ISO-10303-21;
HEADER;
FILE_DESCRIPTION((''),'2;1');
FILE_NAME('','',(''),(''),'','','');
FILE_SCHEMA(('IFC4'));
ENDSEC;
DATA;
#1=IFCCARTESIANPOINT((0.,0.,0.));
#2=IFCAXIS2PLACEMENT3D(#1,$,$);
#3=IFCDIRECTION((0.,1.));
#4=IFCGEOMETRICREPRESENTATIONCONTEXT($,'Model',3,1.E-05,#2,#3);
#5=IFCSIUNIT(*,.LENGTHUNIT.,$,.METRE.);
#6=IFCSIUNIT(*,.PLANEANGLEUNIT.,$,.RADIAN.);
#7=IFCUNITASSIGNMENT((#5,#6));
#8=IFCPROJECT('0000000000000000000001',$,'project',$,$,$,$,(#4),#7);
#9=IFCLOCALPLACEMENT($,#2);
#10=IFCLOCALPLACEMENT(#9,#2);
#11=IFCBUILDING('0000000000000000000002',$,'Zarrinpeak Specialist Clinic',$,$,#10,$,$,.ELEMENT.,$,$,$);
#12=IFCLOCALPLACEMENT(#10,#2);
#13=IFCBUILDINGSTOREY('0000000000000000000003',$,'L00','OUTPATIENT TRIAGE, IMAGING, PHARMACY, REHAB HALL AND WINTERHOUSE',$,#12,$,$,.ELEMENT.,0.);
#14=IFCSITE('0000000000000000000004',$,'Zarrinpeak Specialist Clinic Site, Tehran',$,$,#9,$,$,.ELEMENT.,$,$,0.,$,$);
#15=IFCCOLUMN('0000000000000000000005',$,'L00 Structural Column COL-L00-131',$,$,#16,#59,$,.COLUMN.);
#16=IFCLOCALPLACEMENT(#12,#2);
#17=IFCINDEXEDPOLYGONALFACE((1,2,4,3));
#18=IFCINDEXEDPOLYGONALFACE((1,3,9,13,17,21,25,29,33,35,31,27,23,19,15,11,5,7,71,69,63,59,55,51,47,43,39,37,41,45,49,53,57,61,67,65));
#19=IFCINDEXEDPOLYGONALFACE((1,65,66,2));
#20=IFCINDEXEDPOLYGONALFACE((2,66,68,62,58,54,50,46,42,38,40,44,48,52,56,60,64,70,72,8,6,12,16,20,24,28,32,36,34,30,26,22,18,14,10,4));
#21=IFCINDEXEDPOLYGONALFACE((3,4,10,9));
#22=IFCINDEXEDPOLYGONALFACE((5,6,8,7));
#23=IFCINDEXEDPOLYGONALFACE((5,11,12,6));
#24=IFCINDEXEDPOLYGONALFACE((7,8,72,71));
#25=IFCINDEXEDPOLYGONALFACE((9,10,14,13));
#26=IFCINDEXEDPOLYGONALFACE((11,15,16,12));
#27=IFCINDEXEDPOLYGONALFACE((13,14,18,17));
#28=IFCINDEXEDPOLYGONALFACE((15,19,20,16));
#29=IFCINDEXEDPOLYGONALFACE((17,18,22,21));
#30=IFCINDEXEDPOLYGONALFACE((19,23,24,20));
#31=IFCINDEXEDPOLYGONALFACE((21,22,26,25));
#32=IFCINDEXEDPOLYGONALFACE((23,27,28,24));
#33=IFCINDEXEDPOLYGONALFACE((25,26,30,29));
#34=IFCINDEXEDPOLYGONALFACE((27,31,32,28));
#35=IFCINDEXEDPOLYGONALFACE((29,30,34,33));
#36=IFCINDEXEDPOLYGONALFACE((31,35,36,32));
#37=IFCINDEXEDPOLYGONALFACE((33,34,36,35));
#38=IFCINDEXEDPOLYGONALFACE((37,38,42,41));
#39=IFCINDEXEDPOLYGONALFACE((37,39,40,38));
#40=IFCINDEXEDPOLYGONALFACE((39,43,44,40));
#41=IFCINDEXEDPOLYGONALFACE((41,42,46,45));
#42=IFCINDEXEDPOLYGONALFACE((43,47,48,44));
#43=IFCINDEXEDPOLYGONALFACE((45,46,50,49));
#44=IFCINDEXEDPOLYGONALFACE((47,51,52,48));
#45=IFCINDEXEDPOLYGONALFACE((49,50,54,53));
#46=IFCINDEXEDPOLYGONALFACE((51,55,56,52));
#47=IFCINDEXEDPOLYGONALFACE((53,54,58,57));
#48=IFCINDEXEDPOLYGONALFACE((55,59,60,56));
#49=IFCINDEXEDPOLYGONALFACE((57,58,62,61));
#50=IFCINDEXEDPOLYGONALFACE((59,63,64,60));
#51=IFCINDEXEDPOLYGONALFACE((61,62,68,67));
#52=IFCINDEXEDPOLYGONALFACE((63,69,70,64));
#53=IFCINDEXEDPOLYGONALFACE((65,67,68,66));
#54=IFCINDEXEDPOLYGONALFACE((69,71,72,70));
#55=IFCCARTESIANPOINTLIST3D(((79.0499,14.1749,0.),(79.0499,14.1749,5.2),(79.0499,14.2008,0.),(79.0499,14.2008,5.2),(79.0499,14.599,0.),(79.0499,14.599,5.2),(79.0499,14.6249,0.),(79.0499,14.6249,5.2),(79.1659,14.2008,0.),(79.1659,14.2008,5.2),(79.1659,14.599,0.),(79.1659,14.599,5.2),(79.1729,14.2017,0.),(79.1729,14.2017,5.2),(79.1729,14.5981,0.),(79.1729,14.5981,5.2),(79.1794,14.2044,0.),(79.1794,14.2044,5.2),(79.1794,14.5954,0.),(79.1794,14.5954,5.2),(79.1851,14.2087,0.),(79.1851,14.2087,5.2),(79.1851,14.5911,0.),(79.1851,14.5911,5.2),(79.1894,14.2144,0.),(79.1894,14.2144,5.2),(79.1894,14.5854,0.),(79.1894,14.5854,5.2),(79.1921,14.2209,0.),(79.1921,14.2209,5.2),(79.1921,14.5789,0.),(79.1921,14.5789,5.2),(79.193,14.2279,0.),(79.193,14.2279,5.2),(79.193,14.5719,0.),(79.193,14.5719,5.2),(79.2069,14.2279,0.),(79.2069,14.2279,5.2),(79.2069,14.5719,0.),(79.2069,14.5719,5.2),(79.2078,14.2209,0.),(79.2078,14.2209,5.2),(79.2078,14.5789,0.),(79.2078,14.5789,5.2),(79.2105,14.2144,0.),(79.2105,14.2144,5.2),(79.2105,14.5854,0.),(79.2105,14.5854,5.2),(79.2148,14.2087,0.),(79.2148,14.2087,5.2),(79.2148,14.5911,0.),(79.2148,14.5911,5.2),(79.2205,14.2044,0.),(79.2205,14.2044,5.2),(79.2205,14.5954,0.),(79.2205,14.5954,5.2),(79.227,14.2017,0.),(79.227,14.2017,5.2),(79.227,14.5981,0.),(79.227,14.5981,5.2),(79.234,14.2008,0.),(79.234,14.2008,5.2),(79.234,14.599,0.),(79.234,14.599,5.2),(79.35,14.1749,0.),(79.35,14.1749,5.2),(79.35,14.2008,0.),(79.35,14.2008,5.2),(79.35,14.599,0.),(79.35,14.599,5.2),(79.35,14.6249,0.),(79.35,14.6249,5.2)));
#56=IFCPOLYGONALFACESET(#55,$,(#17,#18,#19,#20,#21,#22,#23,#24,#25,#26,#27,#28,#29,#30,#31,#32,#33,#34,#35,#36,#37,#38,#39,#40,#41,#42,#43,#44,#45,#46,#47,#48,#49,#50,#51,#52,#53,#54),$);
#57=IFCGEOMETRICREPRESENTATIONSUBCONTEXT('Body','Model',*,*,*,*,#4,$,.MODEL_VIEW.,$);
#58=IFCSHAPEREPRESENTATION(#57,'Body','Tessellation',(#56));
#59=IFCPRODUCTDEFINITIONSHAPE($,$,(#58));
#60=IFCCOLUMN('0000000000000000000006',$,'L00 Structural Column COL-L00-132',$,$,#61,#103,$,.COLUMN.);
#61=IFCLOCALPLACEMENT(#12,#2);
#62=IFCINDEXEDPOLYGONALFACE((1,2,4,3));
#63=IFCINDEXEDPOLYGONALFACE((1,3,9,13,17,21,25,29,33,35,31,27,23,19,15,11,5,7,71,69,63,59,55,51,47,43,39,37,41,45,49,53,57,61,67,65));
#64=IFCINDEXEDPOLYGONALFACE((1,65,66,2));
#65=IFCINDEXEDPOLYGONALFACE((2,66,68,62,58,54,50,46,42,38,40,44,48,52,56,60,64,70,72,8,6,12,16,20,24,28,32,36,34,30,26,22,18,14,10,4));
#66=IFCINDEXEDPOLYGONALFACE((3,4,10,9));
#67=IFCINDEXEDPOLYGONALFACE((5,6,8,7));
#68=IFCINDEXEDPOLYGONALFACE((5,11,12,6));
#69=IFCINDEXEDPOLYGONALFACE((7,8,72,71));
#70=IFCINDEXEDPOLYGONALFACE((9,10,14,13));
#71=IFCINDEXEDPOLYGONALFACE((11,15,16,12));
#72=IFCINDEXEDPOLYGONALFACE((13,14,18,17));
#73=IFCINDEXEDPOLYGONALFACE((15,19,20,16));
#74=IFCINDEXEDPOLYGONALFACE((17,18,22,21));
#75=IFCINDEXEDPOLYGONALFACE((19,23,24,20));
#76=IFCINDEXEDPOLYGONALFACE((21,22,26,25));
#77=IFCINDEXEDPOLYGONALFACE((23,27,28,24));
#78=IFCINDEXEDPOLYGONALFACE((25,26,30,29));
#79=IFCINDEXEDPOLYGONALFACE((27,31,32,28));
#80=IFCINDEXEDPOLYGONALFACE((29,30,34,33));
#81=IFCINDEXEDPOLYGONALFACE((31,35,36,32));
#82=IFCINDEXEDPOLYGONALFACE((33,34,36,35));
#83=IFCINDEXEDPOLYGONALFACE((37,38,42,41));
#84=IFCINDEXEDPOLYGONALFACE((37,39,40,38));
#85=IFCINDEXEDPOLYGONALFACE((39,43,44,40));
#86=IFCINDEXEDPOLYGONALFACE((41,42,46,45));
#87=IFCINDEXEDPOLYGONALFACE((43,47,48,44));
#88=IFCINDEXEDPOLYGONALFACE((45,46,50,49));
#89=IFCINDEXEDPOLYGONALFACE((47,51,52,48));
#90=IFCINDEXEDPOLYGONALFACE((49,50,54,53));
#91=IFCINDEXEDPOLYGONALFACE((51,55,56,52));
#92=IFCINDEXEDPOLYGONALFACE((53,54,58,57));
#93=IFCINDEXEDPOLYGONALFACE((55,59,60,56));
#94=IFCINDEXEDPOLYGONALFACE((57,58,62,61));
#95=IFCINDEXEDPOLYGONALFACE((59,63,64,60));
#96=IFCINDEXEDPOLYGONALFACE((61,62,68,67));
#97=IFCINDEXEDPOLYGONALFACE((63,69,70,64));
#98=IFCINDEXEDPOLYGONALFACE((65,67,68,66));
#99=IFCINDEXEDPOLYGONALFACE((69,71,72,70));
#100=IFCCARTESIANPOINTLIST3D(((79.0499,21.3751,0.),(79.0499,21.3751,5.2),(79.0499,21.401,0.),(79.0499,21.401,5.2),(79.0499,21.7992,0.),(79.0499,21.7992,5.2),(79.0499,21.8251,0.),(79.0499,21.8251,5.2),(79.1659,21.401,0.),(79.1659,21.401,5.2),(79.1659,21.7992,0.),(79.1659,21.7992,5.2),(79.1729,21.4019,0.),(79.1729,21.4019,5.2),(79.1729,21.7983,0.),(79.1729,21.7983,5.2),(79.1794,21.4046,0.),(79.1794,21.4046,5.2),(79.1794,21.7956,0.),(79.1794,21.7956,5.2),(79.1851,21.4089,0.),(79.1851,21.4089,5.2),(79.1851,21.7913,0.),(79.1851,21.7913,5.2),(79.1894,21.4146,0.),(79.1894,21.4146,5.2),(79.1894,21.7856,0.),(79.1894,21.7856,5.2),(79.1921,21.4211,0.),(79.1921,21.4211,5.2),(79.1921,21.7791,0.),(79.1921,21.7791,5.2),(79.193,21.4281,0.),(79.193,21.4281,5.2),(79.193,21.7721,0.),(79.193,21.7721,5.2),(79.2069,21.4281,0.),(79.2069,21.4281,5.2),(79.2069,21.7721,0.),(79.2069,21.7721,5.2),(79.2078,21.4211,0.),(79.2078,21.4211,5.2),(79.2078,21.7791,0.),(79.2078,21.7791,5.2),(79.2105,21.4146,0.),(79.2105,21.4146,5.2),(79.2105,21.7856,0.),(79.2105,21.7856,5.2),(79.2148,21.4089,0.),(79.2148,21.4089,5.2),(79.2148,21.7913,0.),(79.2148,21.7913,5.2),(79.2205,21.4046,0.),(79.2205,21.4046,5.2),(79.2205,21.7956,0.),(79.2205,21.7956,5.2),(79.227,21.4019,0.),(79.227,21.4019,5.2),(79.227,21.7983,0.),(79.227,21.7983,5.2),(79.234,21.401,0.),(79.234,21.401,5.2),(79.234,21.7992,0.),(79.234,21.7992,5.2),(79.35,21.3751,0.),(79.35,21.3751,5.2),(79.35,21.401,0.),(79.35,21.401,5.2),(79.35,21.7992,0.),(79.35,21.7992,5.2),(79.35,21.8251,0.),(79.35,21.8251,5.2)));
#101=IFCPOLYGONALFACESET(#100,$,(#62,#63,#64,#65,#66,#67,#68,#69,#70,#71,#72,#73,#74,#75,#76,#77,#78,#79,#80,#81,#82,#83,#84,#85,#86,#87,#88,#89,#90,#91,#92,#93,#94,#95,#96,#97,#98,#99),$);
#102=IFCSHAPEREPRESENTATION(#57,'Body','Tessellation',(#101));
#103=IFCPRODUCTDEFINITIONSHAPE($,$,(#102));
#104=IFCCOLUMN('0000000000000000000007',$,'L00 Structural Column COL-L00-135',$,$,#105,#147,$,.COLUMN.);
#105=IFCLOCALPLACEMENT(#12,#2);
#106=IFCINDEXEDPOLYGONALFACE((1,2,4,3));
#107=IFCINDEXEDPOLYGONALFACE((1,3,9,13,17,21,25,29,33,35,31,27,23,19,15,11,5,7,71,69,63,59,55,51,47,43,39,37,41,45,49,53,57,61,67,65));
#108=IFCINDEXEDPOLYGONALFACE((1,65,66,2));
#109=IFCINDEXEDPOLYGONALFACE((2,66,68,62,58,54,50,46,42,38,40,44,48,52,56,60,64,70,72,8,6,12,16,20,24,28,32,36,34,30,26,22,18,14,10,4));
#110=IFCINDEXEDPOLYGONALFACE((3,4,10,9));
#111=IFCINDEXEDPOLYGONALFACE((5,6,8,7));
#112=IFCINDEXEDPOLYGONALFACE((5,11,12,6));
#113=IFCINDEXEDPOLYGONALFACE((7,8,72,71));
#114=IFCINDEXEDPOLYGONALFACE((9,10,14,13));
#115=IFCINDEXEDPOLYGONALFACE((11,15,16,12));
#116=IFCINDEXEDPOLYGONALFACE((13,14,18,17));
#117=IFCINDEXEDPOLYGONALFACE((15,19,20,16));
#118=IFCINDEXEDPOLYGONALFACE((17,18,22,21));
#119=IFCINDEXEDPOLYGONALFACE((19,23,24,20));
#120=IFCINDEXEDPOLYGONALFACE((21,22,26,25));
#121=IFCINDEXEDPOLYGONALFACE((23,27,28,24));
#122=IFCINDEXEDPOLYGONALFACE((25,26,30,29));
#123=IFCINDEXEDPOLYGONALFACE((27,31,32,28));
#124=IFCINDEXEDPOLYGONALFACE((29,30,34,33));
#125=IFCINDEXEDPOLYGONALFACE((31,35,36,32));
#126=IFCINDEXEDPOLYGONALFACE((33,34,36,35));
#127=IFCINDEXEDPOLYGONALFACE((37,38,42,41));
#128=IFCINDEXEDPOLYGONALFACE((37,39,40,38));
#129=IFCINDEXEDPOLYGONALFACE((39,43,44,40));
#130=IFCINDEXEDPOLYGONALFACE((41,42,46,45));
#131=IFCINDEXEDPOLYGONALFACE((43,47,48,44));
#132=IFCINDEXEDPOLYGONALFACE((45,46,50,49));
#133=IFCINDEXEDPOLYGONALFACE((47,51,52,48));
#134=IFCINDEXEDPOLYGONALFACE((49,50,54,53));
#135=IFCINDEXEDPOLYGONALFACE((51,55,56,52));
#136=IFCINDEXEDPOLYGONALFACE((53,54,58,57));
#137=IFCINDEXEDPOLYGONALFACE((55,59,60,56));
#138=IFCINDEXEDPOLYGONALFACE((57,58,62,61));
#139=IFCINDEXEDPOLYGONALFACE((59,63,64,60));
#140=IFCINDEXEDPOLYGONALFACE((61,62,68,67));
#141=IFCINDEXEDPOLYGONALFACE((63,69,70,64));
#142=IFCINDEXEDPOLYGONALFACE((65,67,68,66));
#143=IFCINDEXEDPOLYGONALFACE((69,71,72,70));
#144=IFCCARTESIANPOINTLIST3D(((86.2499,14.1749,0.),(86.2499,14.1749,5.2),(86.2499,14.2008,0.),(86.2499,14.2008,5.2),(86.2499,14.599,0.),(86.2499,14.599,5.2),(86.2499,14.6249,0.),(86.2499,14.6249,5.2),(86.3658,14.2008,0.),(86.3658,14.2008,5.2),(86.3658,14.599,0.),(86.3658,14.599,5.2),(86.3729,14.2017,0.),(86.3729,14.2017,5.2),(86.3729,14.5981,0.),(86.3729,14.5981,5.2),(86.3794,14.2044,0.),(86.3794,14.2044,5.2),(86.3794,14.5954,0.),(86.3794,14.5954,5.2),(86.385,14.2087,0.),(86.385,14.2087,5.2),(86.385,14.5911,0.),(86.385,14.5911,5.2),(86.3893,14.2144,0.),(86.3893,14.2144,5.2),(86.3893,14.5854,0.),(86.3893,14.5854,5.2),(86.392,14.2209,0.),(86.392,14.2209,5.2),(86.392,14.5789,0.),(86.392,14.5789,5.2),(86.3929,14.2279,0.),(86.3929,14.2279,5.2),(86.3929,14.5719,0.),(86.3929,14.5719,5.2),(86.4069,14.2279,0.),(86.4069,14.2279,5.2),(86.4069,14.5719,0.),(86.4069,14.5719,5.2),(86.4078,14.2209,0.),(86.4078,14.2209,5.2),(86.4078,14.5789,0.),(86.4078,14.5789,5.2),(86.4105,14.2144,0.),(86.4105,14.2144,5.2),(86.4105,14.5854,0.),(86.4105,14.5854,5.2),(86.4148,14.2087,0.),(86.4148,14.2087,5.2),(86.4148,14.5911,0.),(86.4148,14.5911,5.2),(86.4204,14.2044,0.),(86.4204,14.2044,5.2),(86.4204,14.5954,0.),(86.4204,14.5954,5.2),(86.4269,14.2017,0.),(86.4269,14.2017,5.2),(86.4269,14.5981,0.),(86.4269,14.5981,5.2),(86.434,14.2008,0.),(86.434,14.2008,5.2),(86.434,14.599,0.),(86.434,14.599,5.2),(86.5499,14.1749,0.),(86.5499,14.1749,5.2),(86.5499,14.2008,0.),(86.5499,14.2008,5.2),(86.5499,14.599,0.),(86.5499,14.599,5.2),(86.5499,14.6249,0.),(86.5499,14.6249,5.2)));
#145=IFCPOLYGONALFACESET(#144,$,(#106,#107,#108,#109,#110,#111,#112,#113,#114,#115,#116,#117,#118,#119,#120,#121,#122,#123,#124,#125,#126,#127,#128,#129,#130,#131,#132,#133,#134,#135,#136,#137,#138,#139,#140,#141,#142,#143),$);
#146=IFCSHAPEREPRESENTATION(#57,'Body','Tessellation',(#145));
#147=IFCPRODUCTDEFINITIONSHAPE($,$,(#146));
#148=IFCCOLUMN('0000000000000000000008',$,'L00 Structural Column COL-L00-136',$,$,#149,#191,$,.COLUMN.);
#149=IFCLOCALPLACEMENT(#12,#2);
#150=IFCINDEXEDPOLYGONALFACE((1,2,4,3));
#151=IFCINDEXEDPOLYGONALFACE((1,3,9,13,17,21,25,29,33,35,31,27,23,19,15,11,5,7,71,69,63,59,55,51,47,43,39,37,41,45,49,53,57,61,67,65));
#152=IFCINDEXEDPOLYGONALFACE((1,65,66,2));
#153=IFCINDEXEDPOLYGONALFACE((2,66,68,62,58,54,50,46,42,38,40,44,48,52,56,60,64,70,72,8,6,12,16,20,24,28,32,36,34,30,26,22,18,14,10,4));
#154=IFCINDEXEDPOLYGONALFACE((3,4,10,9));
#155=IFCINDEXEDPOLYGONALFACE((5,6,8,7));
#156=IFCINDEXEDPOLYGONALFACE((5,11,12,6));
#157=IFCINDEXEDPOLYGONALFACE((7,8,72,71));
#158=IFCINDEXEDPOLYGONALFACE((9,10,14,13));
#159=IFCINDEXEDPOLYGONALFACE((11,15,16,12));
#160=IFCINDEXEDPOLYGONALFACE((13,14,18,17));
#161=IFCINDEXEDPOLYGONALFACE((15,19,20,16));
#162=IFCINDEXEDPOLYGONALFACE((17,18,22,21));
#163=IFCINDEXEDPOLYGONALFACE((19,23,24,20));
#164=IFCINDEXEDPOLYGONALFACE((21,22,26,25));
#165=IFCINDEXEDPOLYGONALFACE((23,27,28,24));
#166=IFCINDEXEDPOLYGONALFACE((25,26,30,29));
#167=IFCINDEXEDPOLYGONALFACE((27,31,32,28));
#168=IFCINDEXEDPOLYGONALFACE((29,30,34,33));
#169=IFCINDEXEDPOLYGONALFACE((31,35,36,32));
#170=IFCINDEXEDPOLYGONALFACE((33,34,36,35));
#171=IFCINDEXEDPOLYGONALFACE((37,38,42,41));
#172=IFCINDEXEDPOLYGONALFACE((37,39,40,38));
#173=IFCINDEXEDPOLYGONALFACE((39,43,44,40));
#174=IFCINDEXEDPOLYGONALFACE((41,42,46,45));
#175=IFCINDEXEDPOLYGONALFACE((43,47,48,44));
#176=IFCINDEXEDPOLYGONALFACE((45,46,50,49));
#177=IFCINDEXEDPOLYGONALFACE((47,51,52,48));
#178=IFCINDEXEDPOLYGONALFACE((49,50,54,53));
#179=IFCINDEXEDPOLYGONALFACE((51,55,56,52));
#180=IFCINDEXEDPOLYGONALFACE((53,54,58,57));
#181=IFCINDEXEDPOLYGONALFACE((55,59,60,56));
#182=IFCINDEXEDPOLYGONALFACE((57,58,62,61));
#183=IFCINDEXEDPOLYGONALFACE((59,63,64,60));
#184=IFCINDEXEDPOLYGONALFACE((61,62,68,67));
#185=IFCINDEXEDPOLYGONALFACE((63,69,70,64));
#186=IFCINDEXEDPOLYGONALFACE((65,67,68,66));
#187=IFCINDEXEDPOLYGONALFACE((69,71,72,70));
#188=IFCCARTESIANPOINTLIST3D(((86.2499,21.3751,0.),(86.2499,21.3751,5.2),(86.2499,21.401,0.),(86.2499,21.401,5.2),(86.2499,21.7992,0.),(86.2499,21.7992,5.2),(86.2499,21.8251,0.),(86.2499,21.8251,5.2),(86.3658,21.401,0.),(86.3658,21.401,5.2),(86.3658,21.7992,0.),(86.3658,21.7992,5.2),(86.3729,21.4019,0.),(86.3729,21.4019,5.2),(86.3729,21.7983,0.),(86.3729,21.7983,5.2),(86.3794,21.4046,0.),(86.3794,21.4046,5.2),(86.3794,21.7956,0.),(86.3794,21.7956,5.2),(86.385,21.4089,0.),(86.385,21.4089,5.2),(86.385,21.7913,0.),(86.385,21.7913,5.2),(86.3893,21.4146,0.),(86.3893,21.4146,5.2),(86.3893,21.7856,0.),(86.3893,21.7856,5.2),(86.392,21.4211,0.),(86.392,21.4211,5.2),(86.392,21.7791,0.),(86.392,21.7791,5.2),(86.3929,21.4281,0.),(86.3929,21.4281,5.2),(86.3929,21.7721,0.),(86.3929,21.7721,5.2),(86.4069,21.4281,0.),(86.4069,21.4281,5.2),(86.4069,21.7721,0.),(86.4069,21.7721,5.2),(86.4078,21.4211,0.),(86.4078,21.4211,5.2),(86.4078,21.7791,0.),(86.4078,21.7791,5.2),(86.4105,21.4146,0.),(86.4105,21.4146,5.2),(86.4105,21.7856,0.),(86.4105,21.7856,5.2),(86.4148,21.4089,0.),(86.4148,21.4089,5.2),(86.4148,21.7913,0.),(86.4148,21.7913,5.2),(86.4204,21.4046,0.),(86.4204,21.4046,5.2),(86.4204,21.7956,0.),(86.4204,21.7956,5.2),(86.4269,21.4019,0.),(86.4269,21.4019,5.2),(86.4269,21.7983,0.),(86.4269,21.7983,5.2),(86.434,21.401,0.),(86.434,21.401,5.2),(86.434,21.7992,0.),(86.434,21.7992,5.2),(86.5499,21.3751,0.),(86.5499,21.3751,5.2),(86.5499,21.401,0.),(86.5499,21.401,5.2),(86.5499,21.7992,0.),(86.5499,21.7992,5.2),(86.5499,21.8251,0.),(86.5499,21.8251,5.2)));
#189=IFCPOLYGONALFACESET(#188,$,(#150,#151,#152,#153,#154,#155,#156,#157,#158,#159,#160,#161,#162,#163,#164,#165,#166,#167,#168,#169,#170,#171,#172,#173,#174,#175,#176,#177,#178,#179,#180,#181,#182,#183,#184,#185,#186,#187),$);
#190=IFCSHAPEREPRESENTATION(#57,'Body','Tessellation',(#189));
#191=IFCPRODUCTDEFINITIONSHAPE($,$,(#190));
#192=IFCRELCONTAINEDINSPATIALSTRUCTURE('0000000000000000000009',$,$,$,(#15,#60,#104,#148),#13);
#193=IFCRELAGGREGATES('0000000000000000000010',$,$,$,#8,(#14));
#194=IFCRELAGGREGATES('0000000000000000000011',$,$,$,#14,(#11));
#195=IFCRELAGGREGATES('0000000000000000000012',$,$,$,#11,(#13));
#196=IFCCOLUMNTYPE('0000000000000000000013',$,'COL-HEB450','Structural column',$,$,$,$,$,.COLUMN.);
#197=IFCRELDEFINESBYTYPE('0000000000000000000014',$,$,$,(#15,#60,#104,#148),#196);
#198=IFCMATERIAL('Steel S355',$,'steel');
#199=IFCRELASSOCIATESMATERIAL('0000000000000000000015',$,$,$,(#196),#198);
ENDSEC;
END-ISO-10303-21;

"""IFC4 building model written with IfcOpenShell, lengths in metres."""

from ifc_helpers import new_model, si_unit, direction, frame, origin, origin_2d, place, context, subcontext, project, spatial, i_section, extrude, material, material_profile, profile_set, type_object, element, save


model = new_model("IFC4")

# Units and contexts
model_context = context("Model", 3, precision=1e-05, world=origin(), true_north=direction((0.0, 1.0)))
body_context = subcontext(model_context, "Body", "Model", "MODEL_VIEW")
ifc_project = project(units=[si_unit("LENGTHUNIT", "METRE"), si_unit("PLANEANGLEUNIT", "RADIAN")], contexts=[model_context])

# Site, building, storey
site_placement = place(None, origin())
site = spatial("IfcSite", under=ifc_project, at=site_placement, Name="Zarrinpeak Specialist Clinic Site, Tehran", CompositionType="ELEMENT", RefElevation=0.0)
building_placement = place(site_placement, origin())
building = spatial("IfcBuilding", under=site, at=building_placement, Name="Zarrinpeak Specialist Clinic", CompositionType="ELEMENT")
storey_placement = place(building_placement, origin())
storey = spatial("IfcBuildingStorey", under=building, at=storey_placement, Name="L00", Description="OUTPATIENT TRIAGE, IMAGING, PHARMACY, REHAB HALL AND WINTERHOUSE", CompositionType="ELEMENT", Elevation=0.0)

# Columns
ifc_material_1 = material(Name="Steel S355", Category="steel")
ifc_material_profile_1 = material_profile(ifc_material_1, i_section(OverallWidth=0.3, OverallDepth=0.45, WebThickness=0.0139, FlangeThickness=0.0259, FilletRadius=0.0271, at=origin_2d()), Name="HEB 450")
ifc_profile_set_1 = profile_set([ifc_material_profile_1], Name="Steel S355")
column_type = type_object("IfcColumnType", Name="COL-HEB450", Description="Structural column", PredefinedType="COLUMN", material=ifc_profile_set_1)
for number, where, z_axis, x_axis, name in (
    (1, (79.2, 14.3999, 0.0), (0.0, 0.0, 1.0), (1.0, 0.0, 0.0), "L00 Structural Column COL-L00-131"),
    (2, (79.2, 21.6001, 0.0), (0.0, 0.0, 1.0), (1.0, 0.0, 0.0), "L00 Structural Column COL-L00-132"),
    (3, (86.3999, 14.3999, 0.0), (0.0, 0.0, 1.0), (1.0, 0.0, 0.0), "L00 Structural Column COL-L00-135"),
    (4, (86.3999, 21.6001, 0.0), (0.0, 0.0, 1.0), (1.0, 0.0, 0.0), "L00 Structural Column COL-L00-136"),
):
    element("IfcColumn", number, at=place(storey_placement, frame(where, z_axis=z_axis, x_axis=x_axis)), inside=storey, type_object=column_type, Name=name, PredefinedType="COLUMN", context=body_context, shape_type="SweptSolid", body=[
        extrude(i_section(OverallWidth=0.3, OverallDepth=0.45, WebThickness=0.0139, FlangeThickness=0.0259, FilletRadius=0.0271, at=origin_2d()), origin(), (0.0, 0.0, 1.0), 5.2),
    ])

save(model, "model.ifc")
